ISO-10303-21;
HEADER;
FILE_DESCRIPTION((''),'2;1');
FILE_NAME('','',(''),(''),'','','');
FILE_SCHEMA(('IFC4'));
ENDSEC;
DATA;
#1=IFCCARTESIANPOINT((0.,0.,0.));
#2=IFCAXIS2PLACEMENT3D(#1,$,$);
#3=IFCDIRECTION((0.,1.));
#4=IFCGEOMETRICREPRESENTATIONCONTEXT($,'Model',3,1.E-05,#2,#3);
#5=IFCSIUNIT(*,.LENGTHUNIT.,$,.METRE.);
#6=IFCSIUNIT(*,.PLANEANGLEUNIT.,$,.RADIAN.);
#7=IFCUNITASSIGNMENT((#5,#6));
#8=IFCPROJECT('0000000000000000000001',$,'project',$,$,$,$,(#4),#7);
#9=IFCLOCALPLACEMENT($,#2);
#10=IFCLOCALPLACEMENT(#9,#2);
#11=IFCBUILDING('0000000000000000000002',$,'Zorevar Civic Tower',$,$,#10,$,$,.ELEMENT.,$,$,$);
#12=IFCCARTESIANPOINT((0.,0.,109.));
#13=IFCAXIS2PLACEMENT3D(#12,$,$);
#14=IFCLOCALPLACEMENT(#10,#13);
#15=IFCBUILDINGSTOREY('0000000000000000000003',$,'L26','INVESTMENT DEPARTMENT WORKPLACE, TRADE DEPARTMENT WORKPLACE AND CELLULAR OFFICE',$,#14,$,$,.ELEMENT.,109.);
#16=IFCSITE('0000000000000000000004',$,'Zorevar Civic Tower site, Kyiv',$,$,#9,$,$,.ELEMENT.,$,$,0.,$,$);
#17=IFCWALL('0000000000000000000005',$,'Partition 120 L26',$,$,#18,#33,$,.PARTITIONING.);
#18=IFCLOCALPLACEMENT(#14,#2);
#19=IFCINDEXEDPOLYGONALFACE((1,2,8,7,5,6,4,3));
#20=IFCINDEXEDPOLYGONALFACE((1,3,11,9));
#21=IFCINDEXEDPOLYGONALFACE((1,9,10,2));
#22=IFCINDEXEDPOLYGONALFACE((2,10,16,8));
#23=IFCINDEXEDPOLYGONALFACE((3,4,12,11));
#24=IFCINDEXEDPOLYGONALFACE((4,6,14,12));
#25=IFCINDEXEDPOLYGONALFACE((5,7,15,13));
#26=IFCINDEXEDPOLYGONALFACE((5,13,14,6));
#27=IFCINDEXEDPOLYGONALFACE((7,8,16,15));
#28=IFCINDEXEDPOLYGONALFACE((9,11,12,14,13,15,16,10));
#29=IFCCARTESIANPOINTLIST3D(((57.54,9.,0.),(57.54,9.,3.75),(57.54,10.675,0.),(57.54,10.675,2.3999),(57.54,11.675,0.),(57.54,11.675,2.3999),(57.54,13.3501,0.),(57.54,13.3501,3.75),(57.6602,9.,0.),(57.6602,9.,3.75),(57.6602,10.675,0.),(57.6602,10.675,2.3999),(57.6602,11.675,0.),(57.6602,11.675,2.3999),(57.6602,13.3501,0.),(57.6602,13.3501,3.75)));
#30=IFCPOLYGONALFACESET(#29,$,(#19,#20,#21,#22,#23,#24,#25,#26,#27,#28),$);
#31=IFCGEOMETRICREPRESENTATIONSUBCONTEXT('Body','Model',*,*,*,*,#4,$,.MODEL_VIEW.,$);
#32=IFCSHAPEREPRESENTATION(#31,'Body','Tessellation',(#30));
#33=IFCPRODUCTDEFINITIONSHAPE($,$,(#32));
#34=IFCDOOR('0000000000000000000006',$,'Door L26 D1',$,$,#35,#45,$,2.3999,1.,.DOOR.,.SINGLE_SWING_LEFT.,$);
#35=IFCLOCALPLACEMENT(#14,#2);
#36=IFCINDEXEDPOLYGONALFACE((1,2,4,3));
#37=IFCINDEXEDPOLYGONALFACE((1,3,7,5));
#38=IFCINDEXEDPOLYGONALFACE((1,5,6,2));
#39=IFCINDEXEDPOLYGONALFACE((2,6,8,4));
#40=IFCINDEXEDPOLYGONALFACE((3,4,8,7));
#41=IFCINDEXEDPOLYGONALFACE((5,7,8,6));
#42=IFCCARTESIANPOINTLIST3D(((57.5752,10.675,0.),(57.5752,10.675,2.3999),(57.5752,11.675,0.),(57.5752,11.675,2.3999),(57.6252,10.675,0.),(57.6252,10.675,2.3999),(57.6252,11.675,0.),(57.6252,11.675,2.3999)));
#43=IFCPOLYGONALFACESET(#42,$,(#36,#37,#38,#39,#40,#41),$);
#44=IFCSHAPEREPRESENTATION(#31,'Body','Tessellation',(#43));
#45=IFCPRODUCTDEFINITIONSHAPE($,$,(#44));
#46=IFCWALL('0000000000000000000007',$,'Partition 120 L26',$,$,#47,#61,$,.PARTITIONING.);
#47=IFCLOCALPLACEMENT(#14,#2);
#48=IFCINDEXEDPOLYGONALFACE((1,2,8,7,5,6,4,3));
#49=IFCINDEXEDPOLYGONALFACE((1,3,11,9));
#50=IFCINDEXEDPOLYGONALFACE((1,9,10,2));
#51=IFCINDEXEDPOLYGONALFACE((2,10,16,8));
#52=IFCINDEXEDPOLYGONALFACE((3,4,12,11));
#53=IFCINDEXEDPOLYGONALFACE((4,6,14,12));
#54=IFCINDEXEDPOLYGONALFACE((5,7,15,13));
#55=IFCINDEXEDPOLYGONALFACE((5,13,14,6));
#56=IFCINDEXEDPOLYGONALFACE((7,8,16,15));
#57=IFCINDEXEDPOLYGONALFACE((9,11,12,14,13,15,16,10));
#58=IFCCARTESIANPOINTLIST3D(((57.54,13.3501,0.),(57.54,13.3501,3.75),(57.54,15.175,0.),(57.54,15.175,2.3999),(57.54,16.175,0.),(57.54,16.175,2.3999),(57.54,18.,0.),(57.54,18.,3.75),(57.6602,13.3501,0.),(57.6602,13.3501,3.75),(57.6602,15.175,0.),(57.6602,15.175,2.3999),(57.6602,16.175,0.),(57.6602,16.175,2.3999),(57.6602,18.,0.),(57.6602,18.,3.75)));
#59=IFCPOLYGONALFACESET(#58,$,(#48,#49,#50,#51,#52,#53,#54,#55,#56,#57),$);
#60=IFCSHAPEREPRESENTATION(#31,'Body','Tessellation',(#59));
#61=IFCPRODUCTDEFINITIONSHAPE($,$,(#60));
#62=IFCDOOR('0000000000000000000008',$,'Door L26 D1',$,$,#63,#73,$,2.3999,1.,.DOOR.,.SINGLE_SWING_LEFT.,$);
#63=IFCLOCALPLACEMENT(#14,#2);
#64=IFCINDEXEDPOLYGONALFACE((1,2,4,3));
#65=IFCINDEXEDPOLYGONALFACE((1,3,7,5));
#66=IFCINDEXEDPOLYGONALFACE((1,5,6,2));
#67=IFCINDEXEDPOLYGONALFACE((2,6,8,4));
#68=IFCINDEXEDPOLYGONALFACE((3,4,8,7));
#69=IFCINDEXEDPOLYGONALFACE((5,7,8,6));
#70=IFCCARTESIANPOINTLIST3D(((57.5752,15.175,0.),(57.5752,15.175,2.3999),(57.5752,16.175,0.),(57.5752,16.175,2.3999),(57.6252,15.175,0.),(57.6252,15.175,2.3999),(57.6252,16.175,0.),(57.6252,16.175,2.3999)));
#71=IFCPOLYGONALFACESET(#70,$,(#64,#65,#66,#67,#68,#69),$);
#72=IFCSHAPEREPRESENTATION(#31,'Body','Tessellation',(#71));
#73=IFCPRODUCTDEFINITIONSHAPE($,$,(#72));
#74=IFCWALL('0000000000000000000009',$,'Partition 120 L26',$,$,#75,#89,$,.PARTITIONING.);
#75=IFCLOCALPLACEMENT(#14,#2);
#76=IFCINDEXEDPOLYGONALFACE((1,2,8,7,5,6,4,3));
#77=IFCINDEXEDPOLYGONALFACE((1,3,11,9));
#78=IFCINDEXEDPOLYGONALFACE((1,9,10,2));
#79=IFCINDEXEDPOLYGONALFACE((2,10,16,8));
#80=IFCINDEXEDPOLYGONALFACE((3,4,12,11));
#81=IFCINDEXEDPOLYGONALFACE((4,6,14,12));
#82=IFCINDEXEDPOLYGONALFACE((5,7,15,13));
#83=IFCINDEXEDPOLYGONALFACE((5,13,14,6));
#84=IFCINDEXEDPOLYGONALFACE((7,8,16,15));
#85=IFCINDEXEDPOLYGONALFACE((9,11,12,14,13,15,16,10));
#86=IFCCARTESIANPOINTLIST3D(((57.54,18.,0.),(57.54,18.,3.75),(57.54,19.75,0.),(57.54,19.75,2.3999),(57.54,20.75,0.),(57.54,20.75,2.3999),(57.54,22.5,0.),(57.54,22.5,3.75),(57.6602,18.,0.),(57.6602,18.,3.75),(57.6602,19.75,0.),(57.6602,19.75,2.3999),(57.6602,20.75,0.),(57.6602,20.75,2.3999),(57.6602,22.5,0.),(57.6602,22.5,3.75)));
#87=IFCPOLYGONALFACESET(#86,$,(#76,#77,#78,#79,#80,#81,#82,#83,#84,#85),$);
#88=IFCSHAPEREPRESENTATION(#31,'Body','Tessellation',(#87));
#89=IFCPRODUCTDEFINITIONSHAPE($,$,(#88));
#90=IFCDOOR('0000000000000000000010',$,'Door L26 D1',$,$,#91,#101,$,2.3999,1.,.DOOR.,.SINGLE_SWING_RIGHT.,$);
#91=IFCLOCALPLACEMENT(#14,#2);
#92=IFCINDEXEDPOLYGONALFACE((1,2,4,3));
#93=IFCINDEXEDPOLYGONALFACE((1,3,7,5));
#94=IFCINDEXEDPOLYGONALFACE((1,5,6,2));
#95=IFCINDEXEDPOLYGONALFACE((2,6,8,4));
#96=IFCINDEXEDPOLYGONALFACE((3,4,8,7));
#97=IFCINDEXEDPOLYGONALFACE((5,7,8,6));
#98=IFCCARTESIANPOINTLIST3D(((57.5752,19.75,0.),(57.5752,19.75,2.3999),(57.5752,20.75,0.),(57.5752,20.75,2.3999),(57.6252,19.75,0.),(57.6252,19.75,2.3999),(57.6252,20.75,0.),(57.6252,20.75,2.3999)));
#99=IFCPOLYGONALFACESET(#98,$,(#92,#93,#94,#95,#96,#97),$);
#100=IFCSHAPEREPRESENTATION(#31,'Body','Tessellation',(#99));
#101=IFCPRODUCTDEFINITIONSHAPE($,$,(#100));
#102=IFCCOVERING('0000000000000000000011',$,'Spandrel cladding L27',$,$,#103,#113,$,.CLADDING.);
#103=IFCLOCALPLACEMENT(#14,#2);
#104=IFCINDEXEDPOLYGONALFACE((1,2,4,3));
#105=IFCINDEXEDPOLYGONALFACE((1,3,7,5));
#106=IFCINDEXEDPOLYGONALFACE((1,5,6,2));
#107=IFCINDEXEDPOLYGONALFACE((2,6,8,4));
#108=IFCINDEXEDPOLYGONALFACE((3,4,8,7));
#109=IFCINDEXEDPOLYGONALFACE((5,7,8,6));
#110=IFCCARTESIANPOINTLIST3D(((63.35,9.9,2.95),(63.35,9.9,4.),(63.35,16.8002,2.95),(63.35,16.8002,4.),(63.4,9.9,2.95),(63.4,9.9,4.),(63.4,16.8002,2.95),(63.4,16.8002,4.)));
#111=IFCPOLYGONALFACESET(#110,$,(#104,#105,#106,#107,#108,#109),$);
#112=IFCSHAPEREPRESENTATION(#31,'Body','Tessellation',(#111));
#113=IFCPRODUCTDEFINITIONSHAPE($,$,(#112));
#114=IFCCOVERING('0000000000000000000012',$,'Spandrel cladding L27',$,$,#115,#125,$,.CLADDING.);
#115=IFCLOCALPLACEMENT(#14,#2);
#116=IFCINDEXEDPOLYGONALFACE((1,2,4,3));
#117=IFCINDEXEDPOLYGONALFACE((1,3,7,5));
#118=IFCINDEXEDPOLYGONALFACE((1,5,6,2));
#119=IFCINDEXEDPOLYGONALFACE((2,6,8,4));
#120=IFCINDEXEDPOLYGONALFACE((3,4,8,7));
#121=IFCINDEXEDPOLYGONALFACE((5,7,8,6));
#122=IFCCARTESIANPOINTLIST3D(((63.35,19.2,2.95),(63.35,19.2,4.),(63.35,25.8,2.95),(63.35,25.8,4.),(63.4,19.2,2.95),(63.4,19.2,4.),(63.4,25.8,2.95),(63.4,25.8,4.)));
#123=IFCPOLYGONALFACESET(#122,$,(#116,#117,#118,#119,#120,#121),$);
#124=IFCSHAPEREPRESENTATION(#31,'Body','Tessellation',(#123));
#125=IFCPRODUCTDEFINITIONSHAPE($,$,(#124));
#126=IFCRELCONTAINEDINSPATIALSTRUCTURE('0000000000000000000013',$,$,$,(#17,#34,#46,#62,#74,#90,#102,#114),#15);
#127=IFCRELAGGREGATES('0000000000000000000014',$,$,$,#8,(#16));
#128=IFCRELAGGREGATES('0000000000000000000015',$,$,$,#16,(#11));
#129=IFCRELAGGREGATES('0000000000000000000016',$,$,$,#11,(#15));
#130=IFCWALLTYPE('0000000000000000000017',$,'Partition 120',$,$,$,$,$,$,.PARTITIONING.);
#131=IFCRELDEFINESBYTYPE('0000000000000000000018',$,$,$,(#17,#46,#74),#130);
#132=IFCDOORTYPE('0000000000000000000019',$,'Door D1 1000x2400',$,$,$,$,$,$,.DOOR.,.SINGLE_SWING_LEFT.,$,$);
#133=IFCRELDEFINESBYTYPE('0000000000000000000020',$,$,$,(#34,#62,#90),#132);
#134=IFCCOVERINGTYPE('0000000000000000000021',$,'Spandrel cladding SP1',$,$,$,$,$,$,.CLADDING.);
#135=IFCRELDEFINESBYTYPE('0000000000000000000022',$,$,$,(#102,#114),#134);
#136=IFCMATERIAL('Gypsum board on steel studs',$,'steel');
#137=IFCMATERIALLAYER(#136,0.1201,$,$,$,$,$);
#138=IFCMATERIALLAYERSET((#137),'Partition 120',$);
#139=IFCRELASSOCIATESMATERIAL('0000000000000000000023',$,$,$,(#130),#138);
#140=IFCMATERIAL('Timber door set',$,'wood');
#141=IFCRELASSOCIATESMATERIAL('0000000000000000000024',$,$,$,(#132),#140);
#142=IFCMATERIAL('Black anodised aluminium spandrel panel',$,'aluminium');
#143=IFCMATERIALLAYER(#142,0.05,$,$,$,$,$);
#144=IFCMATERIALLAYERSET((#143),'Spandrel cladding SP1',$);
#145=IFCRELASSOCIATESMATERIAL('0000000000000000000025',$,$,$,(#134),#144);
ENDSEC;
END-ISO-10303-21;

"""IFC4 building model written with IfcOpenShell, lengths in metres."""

from ifc_helpers import new_model, si_unit, direction, frame, frame_2d, origin, place, context, subcontext, project, spatial, rectangle, extrude, material, layer, layer_set, type_object, element, fill, save


model = new_model("IFC4")

# Units and contexts
model_context = context("Model", 3, precision=1e-05, world=origin(), true_north=direction((0.0, 1.0)))
body_context = subcontext(model_context, "Body", "Model", "MODEL_VIEW")
ifc_project = project(units=[si_unit("LENGTHUNIT", "METRE"), si_unit("PLANEANGLEUNIT", "RADIAN")], contexts=[model_context])

# Site, building, storey
site_placement = place(None, origin())
site = spatial("IfcSite", under=ifc_project, at=site_placement, Name="Zorevar Civic Tower site, Kyiv", CompositionType="ELEMENT", RefElevation=0.0)
building_placement = place(site_placement, origin())
building = spatial("IfcBuilding", under=site, at=building_placement, Name="Zorevar Civic Tower", CompositionType="ELEMENT")
storey_placement = place(building_placement, frame((0.0, 0.0, 109.0)))
storey = spatial("IfcBuildingStorey", under=building, at=storey_placement, Name="L26", Description="INVESTMENT DEPARTMENT WORKPLACE, TRADE DEPARTMENT WORKPLACE AND CELLULAR OFFICE", CompositionType="ELEMENT", Elevation=109.0)

# Shared definitions
ifc_material_1 = material(Name="Gypsum board on steel studs", Category="steel")
ifc_layer_1 = layer(ifc_material_1, 0.1201)
ifc_layer_set_1 = layer_set([ifc_layer_1], Name="Partition 120")
wall_type_1 = type_object("IfcWallType", Name="Partition 120", PredefinedType="PARTITIONING", material=ifc_layer_set_1)

# Walls, openings, doors
wall_1_placement = place(storey_placement, frame((57.6001, 9.0, 0.0), z_axis=(0.0, 0.0, 1.0), x_axis=(0.0, 1.0, 0.0)))
wall_1 = element("IfcWall", 1, at=wall_1_placement, inside=storey, type_object=wall_type_1, Name="Partition 120 L26", PredefinedType="PARTITIONING", context=body_context, shape_type="SweptSolid", body=[
    extrude(rectangle(XDim=4.3501, YDim=0.1201, at=frame_2d((2.175, 0.0))), origin(), (0.0, 0.0, 1.0), 3.75),
])
opening_1_placement = place(wall_1_placement, frame((1.675, 0.0, 0.0)))
opening_1 = element("IfcOpeningElement", 2, at=opening_1_placement, cuts=wall_1, PredefinedType="OPENING", context=body_context, shape_type="SweptSolid", body=[
    extrude(rectangle(XDim=1.0, YDim=2.3999, at=frame_2d((0.5, 1.2))), frame((0.0, 0.0701, 0.0), z_axis=(0.0, -1.0, 0.0), x_axis=(1.0, 0.0, 0.0)), (0.0, 0.0, 1.0), 0.1401),
])
ifc_material_2 = material(Name="Timber door set", Category="wood")
door_type_1 = type_object("IfcDoorType", Name="Door D1 1000x2400", OperationType="SINGLE_SWING_LEFT", PredefinedType="DOOR", material=ifc_material_2)
door_1_placement = place(opening_1_placement, origin())
door_1 = element("IfcDoor", 3, at=door_1_placement, inside=storey, type_object=door_type_1, Name="Door L26 D1", OperationType="SINGLE_SWING_LEFT", OverallHeight=2.3999, OverallWidth=1.0, PredefinedType="DOOR", context=body_context, shape_type="SweptSolid", body=[
    extrude(rectangle(XDim=1.0, YDim=2.3999, at=frame_2d((0.5, 1.2))), frame((0.0, 0.0249, 0.0), z_axis=(0.0, -1.0, 0.0), x_axis=(1.0, 0.0, 0.0)), (0.0, 0.0, 1.0), 0.05),
])
fill(opening_1, door_1)
wall_2_placement = place(storey_placement, frame((57.6001, 13.3501, 0.0), z_axis=(0.0, 0.0, 1.0), x_axis=(0.0, 1.0, 0.0)))
wall_2 = element("IfcWall", 4, at=wall_2_placement, inside=storey, type_object=wall_type_1, Name="Partition 120 L26", PredefinedType="PARTITIONING", context=body_context, shape_type="SweptSolid", body=[
    extrude(rectangle(XDim=4.6499, YDim=0.1201, at=frame_2d((2.325, 0.0))), origin(), (0.0, 0.0, 1.0), 3.75),
])
opening_2_placement = place(wall_2_placement, frame((1.825, 0.0, 0.0)))
opening_2 = element("IfcOpeningElement", 5, at=opening_2_placement, cuts=wall_2, PredefinedType="OPENING", context=body_context, shape_type="SweptSolid", body=[
    extrude(rectangle(XDim=1.0, YDim=2.3999, at=frame_2d((0.5, 1.2))), frame((0.0, 0.0701, 0.0), z_axis=(0.0, -1.0, 0.0), x_axis=(1.0, 0.0, 0.0)), (0.0, 0.0, 1.0), 0.1401),
])
door_2_placement = place(opening_2_placement, origin())
door_2 = element("IfcDoor", 6, at=door_2_placement, inside=storey, type_object=door_type_1, Name="Door L26 D1", OperationType="SINGLE_SWING_LEFT", OverallHeight=2.3999, OverallWidth=1.0, PredefinedType="DOOR", context=body_context, shape_type="SweptSolid", body=[
    extrude(rectangle(XDim=1.0, YDim=2.3999, at=frame_2d((0.5, 1.2))), frame((0.0, 0.0249, 0.0), z_axis=(0.0, -1.0, 0.0), x_axis=(1.0, 0.0, 0.0)), (0.0, 0.0, 1.0), 0.05),
])
fill(opening_2, door_2)
wall_3_placement = place(storey_placement, frame((57.6001, 18.0, 0.0), z_axis=(0.0, 0.0, 1.0), x_axis=(0.0, 1.0, 0.0)))
wall_3 = element("IfcWall", 7, at=wall_3_placement, inside=storey, type_object=wall_type_1, Name="Partition 120 L26", PredefinedType="PARTITIONING", context=body_context, shape_type="SweptSolid", body=[
    extrude(rectangle(XDim=4.5, YDim=0.1201, at=frame_2d((2.25, 0.0))), origin(), (0.0, 0.0, 1.0), 3.75),
])
opening_3_placement = place(wall_3_placement, frame((1.75, 0.0, 0.0)))
opening_3 = element("IfcOpeningElement", 8, at=opening_3_placement, cuts=wall_3, PredefinedType="OPENING", context=body_context, shape_type="SweptSolid", body=[
    extrude(rectangle(XDim=1.0, YDim=2.3999, at=frame_2d((0.5, 1.2))), frame((0.0, 0.0701, 0.0), z_axis=(0.0, -1.0, 0.0), x_axis=(1.0, 0.0, 0.0)), (0.0, 0.0, 1.0), 0.1401),
])
door_3_placement = place(opening_3_placement, origin())
door_3 = element("IfcDoor", 9, at=door_3_placement, inside=storey, type_object=door_type_1, Name="Door L26 D1", OperationType="SINGLE_SWING_RIGHT", OverallHeight=2.3999, OverallWidth=1.0, PredefinedType="DOOR", context=body_context, shape_type="SweptSolid", body=[
    extrude(rectangle(XDim=1.0, YDim=2.3999, at=frame_2d((0.5, 1.2))), frame((0.0, 0.0249, 0.0), z_axis=(0.0, -1.0, 0.0), x_axis=(1.0, 0.0, 0.0)), (0.0, 0.0, 1.0), 0.05),
])
fill(opening_3, door_3)

# Coverings
ifc_material_3 = material(Name="Black anodised aluminium spandrel panel", Category="aluminium")
ifc_layer_2 = layer(ifc_material_3, 0.05)
ifc_layer_set_2 = layer_set([ifc_layer_2], Name="Spandrel cladding SP1")
covering_type = type_object("IfcCoveringType", Name="Spandrel cladding SP1", PredefinedType="CLADDING", material=ifc_layer_set_2)
covering_1_placement = place(storey_placement, frame((63.375, 9.8999, 2.95), z_axis=(0.0, 0.0, 1.0), x_axis=(0.0, 1.0, 0.0)))
element("IfcCovering", 10, at=covering_1_placement, inside=storey, type_object=covering_type, Name="Spandrel cladding L27", PredefinedType="CLADDING", context=body_context, shape_type="SweptSolid", body=[
    extrude(rectangle(XDim=6.9001, YDim=0.05, at=frame_2d((3.4502, 0.0))), origin(), (0.0, 0.0, 1.0), 1.05),
])
covering_2_placement = place(storey_placement, frame((63.375, 19.2, 2.95), z_axis=(0.0, 0.0, 1.0), x_axis=(0.0, 1.0, 0.0)))
element("IfcCovering", 11, at=covering_2_placement, inside=storey, type_object=covering_type, Name="Spandrel cladding L27", PredefinedType="CLADDING", context=body_context, shape_type="SweptSolid", body=[
    extrude(rectangle(XDim=6.6001, YDim=0.05, at=frame_2d((3.3, 0.0))), origin(), (0.0, 0.0, 1.0), 1.05),
])

save(model, "model.ifc")
